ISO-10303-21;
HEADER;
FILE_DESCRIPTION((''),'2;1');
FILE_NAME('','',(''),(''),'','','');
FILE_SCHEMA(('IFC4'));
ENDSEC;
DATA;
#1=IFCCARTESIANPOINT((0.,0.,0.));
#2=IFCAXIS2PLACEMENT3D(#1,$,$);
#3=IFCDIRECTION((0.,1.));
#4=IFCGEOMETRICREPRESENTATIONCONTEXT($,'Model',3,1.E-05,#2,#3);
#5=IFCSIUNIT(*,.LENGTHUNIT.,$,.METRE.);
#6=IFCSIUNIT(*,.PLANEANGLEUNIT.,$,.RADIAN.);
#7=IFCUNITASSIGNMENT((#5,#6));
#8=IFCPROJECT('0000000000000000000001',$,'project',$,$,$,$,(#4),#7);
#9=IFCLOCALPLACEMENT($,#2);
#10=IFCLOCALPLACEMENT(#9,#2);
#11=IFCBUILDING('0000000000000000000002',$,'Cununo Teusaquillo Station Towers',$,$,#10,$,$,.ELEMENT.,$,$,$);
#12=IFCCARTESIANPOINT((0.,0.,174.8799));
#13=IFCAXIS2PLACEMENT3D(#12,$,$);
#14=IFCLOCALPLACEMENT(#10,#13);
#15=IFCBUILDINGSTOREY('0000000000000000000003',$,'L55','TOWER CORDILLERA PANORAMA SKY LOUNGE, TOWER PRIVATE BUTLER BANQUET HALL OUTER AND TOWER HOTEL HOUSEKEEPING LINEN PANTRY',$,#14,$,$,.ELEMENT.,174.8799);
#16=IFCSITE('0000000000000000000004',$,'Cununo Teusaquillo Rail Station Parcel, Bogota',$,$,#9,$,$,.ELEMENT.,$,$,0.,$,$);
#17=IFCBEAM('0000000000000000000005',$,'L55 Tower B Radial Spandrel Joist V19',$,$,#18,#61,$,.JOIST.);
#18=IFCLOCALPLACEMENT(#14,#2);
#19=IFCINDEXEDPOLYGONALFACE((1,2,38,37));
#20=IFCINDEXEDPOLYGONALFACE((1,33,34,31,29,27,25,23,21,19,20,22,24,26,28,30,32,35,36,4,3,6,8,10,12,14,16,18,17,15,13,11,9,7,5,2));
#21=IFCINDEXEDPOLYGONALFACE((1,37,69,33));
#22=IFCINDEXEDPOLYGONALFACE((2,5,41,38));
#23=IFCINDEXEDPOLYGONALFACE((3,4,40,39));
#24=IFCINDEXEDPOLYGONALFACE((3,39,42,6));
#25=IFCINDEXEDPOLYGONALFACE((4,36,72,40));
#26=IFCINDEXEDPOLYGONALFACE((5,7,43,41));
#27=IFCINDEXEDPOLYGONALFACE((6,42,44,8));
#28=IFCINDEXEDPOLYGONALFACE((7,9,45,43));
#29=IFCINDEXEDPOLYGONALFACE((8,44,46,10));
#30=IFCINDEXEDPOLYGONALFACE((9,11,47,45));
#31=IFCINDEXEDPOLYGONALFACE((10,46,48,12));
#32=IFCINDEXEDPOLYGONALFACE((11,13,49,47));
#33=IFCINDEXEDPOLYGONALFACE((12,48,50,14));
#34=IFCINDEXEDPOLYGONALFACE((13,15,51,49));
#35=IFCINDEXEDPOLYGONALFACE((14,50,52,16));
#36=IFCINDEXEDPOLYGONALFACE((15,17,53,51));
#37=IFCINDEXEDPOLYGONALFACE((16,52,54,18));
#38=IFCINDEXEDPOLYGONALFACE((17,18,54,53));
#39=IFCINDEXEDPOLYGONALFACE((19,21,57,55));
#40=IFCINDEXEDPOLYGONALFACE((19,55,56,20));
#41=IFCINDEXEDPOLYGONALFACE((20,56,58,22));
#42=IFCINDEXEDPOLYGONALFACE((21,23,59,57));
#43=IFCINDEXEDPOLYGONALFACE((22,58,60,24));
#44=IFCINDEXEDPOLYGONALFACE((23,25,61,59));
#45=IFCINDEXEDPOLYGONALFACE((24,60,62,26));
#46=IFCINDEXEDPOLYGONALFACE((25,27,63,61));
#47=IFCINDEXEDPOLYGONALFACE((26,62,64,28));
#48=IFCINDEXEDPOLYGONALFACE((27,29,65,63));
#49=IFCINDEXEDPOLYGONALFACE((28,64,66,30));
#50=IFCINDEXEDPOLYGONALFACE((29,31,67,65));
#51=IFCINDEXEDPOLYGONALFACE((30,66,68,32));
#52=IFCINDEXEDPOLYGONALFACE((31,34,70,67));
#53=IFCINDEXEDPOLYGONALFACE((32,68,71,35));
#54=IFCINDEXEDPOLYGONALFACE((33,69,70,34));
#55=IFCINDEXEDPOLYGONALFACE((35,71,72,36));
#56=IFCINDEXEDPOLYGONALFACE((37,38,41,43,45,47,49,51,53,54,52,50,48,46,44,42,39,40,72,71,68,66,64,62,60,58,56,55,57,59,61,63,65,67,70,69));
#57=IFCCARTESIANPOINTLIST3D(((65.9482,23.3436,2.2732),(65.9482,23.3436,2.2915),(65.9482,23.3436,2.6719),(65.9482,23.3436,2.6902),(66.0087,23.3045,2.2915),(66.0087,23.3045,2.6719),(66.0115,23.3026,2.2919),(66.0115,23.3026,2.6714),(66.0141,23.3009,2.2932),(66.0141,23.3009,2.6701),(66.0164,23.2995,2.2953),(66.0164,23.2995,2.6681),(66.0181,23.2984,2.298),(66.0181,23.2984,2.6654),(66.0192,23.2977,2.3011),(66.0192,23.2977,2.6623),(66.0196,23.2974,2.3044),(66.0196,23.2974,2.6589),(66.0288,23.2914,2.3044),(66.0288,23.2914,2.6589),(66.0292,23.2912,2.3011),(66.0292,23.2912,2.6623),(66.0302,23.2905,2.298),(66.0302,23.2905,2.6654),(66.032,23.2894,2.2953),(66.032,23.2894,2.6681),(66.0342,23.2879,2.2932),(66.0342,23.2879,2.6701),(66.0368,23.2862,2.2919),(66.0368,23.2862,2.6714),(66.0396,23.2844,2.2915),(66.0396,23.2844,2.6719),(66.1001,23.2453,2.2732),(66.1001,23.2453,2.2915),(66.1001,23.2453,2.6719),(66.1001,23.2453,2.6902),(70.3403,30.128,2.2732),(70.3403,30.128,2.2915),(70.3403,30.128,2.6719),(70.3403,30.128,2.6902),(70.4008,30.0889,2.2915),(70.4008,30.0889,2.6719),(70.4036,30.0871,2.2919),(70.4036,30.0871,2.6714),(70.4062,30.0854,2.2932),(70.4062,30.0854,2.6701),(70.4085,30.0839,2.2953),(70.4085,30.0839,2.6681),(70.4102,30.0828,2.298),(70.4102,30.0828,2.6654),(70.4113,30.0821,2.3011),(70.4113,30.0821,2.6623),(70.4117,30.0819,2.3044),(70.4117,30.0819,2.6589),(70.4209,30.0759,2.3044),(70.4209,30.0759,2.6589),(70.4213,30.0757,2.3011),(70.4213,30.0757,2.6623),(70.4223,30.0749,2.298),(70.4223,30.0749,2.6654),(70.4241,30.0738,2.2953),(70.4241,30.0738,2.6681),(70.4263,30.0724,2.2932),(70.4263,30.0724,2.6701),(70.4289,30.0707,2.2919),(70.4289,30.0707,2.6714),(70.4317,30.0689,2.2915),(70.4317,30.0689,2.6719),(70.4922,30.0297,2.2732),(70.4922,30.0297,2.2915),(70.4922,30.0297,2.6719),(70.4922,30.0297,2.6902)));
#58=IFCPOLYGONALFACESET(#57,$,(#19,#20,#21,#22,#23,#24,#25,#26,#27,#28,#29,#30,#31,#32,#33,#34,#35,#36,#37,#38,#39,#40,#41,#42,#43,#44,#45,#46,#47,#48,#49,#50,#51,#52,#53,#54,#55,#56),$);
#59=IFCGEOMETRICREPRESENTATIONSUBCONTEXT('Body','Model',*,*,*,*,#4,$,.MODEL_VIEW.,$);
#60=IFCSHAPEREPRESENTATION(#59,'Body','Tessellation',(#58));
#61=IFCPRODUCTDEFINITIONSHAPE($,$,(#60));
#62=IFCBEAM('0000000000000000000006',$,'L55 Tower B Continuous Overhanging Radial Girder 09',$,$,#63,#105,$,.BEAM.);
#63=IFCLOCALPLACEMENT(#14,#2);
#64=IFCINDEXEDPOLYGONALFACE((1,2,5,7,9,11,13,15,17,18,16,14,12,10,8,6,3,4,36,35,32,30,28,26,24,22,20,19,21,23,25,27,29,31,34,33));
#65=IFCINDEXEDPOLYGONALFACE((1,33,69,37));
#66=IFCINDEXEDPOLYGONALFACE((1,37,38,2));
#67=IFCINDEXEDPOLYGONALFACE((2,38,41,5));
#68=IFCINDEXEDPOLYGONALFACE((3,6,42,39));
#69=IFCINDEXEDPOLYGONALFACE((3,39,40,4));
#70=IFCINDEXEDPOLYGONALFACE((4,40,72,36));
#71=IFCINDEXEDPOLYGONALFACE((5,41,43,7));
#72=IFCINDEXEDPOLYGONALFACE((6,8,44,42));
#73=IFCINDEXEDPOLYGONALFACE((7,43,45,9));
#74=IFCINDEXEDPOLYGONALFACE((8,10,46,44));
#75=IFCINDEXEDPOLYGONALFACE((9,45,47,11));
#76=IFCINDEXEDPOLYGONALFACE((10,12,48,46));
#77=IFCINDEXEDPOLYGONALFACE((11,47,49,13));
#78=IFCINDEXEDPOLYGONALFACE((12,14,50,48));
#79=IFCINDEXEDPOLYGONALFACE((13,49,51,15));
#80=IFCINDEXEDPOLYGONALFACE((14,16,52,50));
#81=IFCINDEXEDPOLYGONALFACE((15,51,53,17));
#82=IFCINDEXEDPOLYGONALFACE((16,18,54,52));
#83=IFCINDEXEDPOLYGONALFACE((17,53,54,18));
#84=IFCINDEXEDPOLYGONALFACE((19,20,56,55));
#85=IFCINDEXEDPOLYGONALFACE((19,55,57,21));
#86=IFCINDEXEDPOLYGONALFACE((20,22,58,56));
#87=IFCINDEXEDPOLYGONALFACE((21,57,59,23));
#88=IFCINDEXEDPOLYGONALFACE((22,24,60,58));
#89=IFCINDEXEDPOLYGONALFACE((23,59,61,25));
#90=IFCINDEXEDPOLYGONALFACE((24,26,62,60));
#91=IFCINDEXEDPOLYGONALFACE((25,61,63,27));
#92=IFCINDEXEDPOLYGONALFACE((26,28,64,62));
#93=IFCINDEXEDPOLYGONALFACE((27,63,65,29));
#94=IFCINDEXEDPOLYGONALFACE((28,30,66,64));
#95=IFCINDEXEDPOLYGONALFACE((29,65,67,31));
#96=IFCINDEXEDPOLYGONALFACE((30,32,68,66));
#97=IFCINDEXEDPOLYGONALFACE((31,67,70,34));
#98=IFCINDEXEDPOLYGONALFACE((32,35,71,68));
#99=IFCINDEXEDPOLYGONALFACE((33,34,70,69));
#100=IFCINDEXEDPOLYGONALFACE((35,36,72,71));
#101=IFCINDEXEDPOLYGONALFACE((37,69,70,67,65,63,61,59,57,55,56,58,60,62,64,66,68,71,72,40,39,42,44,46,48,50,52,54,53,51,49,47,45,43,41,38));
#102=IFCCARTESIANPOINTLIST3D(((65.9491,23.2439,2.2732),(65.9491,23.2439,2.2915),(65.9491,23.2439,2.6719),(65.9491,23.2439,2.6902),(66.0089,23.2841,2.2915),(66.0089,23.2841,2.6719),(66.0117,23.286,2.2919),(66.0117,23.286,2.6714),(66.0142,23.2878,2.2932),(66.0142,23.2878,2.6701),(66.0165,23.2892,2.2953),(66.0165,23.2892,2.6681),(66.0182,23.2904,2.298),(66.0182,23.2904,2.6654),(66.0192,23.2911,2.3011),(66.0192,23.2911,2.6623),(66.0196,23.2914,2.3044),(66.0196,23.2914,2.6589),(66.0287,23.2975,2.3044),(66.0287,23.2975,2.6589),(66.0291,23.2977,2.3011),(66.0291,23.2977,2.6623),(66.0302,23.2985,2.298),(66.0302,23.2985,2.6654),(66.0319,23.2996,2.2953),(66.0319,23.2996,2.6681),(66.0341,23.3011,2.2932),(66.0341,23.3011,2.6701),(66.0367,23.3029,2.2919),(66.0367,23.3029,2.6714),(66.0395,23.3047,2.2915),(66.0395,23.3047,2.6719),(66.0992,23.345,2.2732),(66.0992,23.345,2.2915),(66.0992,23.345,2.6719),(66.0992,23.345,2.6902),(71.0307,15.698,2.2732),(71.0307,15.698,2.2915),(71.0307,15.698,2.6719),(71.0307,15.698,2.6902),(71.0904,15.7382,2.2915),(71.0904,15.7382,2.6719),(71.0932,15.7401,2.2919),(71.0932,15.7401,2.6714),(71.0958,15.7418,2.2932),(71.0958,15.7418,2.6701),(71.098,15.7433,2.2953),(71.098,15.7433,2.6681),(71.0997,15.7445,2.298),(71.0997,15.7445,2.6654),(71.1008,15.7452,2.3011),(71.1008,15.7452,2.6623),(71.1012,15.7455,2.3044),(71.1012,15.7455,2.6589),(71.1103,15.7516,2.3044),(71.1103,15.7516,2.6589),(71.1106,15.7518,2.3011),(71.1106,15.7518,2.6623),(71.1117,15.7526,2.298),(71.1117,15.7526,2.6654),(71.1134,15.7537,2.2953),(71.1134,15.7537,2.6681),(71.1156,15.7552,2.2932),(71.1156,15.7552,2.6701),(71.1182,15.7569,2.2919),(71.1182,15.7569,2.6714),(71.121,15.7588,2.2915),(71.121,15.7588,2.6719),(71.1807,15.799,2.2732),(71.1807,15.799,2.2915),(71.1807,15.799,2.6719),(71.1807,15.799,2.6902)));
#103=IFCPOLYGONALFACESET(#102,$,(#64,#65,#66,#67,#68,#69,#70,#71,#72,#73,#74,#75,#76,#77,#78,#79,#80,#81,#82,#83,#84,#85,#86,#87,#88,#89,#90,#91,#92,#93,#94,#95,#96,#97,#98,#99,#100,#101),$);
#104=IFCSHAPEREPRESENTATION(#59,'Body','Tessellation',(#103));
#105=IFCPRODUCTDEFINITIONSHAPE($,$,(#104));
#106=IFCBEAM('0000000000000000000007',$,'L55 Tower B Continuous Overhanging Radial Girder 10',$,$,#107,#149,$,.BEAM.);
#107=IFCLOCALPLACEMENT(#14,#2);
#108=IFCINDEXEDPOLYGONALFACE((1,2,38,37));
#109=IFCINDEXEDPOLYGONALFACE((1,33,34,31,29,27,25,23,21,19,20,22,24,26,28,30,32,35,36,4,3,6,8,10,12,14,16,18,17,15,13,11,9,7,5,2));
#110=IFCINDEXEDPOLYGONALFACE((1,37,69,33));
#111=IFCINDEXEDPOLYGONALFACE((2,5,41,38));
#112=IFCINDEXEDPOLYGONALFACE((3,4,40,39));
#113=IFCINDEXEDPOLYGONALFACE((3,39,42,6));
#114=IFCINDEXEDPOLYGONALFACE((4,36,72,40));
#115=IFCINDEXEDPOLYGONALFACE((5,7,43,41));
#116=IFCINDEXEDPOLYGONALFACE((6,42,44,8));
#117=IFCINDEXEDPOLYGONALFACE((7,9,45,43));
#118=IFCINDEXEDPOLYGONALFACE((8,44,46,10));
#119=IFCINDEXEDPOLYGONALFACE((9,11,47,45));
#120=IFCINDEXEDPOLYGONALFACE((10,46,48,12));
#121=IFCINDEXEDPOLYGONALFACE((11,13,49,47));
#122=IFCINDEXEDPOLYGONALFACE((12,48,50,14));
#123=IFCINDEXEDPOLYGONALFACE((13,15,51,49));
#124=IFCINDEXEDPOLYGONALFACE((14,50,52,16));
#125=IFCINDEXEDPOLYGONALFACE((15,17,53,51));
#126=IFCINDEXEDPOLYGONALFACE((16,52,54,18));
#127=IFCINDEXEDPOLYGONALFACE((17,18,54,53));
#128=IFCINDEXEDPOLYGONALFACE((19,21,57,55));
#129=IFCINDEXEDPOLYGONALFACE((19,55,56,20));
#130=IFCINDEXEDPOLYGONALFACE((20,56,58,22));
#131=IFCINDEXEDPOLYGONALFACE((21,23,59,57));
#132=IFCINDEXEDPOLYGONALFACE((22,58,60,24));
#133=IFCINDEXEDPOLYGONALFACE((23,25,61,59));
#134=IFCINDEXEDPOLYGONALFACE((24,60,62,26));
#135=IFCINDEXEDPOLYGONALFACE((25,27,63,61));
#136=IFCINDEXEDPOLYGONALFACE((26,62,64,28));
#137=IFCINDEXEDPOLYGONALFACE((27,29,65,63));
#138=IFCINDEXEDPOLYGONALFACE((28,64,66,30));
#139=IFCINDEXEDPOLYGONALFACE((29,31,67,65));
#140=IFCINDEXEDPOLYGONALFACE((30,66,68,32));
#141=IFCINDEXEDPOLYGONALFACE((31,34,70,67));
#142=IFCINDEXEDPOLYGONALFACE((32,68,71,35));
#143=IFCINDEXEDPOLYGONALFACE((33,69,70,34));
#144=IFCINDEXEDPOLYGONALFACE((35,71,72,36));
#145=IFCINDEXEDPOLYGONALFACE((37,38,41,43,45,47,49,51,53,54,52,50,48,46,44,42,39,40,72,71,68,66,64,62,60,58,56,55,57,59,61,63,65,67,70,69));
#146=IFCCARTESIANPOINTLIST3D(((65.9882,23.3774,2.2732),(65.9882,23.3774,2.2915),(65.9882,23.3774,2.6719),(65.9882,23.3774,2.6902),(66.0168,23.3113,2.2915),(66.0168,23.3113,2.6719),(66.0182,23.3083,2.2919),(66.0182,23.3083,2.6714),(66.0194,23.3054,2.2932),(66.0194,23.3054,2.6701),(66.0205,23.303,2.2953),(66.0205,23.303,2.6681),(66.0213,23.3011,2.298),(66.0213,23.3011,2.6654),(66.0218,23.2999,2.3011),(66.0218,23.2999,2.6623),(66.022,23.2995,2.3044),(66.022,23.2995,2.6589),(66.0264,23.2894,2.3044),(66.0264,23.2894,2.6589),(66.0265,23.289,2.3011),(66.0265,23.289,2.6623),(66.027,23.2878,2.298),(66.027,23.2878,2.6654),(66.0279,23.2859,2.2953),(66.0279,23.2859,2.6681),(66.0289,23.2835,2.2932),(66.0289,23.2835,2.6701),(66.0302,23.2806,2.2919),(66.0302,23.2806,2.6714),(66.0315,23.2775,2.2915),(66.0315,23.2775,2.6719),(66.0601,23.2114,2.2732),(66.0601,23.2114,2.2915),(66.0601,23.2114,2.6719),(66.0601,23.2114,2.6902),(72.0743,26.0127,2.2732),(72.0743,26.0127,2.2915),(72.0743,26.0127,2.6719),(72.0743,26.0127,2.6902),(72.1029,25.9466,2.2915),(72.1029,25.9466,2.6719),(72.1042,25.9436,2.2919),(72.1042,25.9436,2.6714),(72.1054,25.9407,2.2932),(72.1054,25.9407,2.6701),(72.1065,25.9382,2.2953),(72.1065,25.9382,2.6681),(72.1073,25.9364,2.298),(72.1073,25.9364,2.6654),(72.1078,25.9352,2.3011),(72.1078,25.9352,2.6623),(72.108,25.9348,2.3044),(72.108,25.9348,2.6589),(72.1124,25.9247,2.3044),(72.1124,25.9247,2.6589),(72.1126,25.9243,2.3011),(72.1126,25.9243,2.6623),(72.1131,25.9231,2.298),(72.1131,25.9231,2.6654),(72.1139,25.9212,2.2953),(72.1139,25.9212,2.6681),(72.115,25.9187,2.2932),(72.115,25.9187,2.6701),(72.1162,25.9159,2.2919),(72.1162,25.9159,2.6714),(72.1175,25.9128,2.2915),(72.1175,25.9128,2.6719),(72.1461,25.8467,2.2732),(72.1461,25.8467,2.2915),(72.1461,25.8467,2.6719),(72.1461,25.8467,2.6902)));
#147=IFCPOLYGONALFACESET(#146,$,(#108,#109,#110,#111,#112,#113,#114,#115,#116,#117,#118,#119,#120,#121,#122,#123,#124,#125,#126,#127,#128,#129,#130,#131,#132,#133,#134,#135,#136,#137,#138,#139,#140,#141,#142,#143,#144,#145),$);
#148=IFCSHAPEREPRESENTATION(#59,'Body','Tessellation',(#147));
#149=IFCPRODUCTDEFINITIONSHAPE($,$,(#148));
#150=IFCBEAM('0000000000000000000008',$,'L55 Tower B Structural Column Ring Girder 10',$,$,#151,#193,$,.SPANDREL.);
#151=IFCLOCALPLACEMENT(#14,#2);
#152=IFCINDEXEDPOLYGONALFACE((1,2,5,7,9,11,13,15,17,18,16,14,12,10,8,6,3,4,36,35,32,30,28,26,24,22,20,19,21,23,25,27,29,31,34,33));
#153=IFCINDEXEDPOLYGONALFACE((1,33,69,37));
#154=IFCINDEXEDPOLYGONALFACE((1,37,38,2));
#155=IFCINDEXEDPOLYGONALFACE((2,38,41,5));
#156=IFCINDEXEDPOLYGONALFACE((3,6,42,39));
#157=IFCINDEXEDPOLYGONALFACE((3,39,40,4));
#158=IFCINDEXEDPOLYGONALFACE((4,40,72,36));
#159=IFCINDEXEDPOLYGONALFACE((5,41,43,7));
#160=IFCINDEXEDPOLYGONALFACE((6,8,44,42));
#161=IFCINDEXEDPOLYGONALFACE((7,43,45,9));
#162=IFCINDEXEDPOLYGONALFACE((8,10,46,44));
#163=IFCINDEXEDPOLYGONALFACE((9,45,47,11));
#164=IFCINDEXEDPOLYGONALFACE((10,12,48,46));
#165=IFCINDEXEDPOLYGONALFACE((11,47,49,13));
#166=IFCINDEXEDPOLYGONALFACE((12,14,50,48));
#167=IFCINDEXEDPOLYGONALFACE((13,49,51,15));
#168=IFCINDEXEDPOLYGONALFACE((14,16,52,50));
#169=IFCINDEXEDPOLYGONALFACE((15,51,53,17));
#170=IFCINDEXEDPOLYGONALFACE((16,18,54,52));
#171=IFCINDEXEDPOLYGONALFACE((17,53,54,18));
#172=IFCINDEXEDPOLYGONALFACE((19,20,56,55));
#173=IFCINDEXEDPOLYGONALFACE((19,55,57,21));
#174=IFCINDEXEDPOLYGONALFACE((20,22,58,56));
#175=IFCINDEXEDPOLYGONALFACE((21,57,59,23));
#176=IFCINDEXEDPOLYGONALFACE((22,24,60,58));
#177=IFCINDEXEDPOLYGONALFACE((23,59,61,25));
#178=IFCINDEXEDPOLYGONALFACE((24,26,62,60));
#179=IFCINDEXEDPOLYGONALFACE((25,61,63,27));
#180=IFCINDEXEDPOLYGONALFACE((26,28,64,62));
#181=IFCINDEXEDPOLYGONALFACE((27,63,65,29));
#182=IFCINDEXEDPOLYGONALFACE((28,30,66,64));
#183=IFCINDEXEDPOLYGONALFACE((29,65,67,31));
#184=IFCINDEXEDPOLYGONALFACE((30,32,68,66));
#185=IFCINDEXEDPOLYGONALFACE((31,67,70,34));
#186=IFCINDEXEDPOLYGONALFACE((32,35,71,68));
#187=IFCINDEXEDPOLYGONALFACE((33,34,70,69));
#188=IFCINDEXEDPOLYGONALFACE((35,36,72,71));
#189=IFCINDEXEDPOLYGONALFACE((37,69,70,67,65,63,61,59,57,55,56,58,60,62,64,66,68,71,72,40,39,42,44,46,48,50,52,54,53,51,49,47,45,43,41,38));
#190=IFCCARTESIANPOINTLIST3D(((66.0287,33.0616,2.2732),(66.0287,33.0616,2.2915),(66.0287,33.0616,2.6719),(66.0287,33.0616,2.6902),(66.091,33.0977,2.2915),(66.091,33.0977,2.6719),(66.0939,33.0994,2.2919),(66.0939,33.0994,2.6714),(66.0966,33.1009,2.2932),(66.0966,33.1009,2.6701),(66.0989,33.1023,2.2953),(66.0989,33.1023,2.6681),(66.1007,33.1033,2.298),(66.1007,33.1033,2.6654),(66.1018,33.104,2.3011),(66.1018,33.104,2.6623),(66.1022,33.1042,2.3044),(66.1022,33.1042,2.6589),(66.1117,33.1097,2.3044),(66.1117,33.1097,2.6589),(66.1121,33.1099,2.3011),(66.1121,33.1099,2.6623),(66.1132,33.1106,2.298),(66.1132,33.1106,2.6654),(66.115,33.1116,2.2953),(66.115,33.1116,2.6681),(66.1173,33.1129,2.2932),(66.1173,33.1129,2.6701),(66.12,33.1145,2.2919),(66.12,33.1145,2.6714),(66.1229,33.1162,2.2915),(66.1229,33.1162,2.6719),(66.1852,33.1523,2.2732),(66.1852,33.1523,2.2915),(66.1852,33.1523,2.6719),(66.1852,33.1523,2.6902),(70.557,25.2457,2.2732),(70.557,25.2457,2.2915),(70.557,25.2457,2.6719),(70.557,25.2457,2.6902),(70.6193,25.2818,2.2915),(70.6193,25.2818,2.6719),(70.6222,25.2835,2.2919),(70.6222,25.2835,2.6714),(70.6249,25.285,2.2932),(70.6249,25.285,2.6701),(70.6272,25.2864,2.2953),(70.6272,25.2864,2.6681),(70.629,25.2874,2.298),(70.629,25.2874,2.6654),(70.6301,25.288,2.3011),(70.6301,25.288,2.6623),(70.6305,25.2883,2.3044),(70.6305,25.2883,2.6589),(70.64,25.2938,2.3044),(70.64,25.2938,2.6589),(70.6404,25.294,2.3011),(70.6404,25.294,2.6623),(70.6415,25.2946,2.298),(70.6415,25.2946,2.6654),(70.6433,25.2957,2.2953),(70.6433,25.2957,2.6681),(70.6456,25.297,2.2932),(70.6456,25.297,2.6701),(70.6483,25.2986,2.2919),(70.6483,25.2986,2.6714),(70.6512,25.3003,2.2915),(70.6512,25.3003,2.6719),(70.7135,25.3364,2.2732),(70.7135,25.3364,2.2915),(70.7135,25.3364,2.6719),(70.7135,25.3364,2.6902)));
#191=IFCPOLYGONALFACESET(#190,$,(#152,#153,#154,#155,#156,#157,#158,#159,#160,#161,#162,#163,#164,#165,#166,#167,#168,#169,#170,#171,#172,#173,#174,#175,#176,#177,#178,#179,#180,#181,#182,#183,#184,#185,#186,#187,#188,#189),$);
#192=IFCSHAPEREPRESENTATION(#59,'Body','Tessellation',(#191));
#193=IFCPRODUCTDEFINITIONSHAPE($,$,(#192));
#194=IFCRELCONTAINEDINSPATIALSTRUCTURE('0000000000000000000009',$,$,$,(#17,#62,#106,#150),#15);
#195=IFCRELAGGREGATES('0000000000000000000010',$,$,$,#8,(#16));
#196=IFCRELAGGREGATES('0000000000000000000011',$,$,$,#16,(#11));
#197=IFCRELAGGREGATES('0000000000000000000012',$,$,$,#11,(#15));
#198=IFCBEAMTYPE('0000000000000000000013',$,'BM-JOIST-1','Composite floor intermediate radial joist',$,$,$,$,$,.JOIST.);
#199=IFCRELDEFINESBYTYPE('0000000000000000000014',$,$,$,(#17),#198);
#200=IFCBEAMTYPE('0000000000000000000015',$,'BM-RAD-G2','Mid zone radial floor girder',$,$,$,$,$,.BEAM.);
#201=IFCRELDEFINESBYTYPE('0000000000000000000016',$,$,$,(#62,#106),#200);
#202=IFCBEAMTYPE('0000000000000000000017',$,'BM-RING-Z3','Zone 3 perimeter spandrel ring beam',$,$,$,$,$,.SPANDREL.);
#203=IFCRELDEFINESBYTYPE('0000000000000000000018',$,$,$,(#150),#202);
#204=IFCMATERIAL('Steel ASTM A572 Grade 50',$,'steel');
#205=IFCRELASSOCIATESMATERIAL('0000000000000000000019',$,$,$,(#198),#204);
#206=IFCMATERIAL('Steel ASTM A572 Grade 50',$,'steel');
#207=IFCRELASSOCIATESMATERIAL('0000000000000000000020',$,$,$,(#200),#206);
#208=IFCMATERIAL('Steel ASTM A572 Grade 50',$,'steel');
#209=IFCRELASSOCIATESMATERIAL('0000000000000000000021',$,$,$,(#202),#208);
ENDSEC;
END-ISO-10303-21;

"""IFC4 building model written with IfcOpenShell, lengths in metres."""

from ifc_helpers import new_model, si_unit, direction, frame, origin, origin_2d, place, context, subcontext, project, spatial, i_section, extrude, material, material_profile, profile_set, type_object, element, save


model = new_model("IFC4")

# Units and contexts
model_context = context("Model", 3, precision=1e-05, world=origin(), true_north=direction((0.0, 1.0)))
body_context = subcontext(model_context, "Body", "Model", "MODEL_VIEW")
ifc_project = project(units=[si_unit("LENGTHUNIT", "METRE"), si_unit("PLANEANGLEUNIT", "RADIAN")], contexts=[model_context])

# Site, building, storey
site_placement = place(None, origin())
site = spatial("IfcSite", under=ifc_project, at=site_placement, Name="Cununo Teusaquillo Rail Station Parcel, Bogota", CompositionType="ELEMENT", RefElevation=0.0)
building_placement = place(site_placement, origin())
building = spatial("IfcBuilding", under=site, at=building_placement, Name="Cununo Teusaquillo Station Towers", CompositionType="ELEMENT")
storey_placement = place(building_placement, frame((0.0, 0.0, 174.8799)))
storey = spatial("IfcBuildingStorey", under=building, at=storey_placement, Name="L55", Description="TOWER CORDILLERA PANORAMA SKY LOUNGE, TOWER PRIVATE BUTLER BANQUET HALL OUTER AND TOWER HOTEL HOUSEKEEPING LINEN PANTRY", CompositionType="ELEMENT", Elevation=174.8799)

# Beams
ifc_material_1 = material(Name="Steel ASTM A572 Grade 50", Category="steel")
ifc_material_profile_1 = material_profile(ifc_material_1, i_section(OverallWidth=0.1809, OverallDepth=0.417, WebThickness=0.011, FlangeThickness=0.0183, FilletRadius=0.0129, at=origin_2d()), Name="W16X57")
ifc_profile_set_1 = profile_set([ifc_material_profile_1], Name="Steel ASTM A572 Grade 50")
beam_type_1 = type_object("IfcBeamType", Name="BM-JOIST-1", Description="Composite floor intermediate radial joist", PredefinedType="JOIST", material=ifc_profile_set_1)
beam_1_placement = place(storey_placement, frame((66.0242, 23.2944, 2.4817), z_axis=(0.54344, 0.839448, 0.0), x_axis=(-0.839448, 0.54344, 0.0)))
element("IfcBeam", 1, at=beam_1_placement, inside=storey, type_object=beam_type_1, Name="L55 Tower B Radial Spandrel Joist V19", PredefinedType="JOIST", context=body_context, shape_type="SweptSolid", body=[
    extrude(i_section(OverallWidth=0.1809, OverallDepth=0.417, WebThickness=0.011, FlangeThickness=0.0183, FilletRadius=0.0129, at=origin_2d()), origin(), (0.0, 0.0, 1.0), 8.082),
])
ifc_material_2 = material(Name="Steel ASTM A572 Grade 50", Category="steel")
ifc_material_profile_2 = material_profile(ifc_material_2, i_section(OverallWidth=0.1809, OverallDepth=0.417, WebThickness=0.011, FlangeThickness=0.0183, FilletRadius=0.0129, at=origin_2d()), Name="W16X57")
ifc_profile_set_2 = profile_set([ifc_material_profile_2], Name="Steel ASTM A572 Grade 50")
beam_type_2 = type_object("IfcBeamType", Name="BM-RAD-G2", Description="Mid zone radial floor girder", PredefinedType="BEAM", material=ifc_profile_set_2)
beam_2_placement = place(storey_placement, frame((66.0242, 23.2944, 2.4817), z_axis=(0.558571, -0.829457, 0.0), x_axis=(0.829457, 0.558571, 0.0)))
element("IfcBeam", 2, at=beam_2_placement, inside=storey, type_object=beam_type_2, Name="L55 Tower B Continuous Overhanging Radial Girder 09", PredefinedType="BEAM", context=body_context, shape_type="SweptSolid", body=[
    extrude(i_section(OverallWidth=0.1809, OverallDepth=0.417, WebThickness=0.011, FlangeThickness=0.0183, FilletRadius=0.0129, at=origin_2d()), origin(), (0.0, 0.0, 1.0), 9.0974),
])
beam_3_placement = place(storey_placement, frame((66.0242, 23.2944, 2.4817), z_axis=(0.917665, 0.397355, 0.0), x_axis=(-0.397355, 0.917665, 0.0)))
element("IfcBeam", 3, at=beam_3_placement, inside=storey, type_object=beam_type_2, Name="L55 Tower B Continuous Overhanging Radial Girder 10", PredefinedType="BEAM", context=body_context, shape_type="SweptSolid", body=[
    extrude(i_section(OverallWidth=0.1809, OverallDepth=0.417, WebThickness=0.011, FlangeThickness=0.0183, FilletRadius=0.0129, at=origin_2d()), origin(), (0.0, 0.0, 1.0), 6.6321),
])
ifc_material_3 = material(Name="Steel ASTM A572 Grade 50", Category="steel")
ifc_material_profile_3 = material_profile(ifc_material_3, i_section(OverallWidth=0.1809, OverallDepth=0.417, WebThickness=0.011, FlangeThickness=0.0183, FilletRadius=0.0129, at=origin_2d()), Name="W16X57")
ifc_profile_set_3 = profile_set([ifc_material_profile_3], Name="Steel ASTM A572 Grade 50")
beam_type_3 = type_object("IfcBeamType", Name="BM-RING-Z3", Description="Zone 3 perimeter spandrel ring beam", PredefinedType="SPANDREL", material=ifc_profile_set_3)
beam_4_placement = place(storey_placement, frame((70.6353, 25.291, 2.4817), z_axis=(-0.501311, 0.865267, 0.0), x_axis=(-0.865267, -0.501311, 0.0)))
element("IfcBeam", 4, at=beam_4_placement, inside=storey, type_object=beam_type_3, Name="L55 Tower B Structural Column Ring Girder 10", PredefinedType="SPANDREL", context=body_context, shape_type="SweptSolid", body=[
    extrude(i_section(OverallWidth=0.1809, OverallDepth=0.417, WebThickness=0.011, FlangeThickness=0.0183, FilletRadius=0.0129, at=origin_2d()), origin(), (0.0, 0.0, 1.0), 9.033),
])

save(model, "model.ifc")
